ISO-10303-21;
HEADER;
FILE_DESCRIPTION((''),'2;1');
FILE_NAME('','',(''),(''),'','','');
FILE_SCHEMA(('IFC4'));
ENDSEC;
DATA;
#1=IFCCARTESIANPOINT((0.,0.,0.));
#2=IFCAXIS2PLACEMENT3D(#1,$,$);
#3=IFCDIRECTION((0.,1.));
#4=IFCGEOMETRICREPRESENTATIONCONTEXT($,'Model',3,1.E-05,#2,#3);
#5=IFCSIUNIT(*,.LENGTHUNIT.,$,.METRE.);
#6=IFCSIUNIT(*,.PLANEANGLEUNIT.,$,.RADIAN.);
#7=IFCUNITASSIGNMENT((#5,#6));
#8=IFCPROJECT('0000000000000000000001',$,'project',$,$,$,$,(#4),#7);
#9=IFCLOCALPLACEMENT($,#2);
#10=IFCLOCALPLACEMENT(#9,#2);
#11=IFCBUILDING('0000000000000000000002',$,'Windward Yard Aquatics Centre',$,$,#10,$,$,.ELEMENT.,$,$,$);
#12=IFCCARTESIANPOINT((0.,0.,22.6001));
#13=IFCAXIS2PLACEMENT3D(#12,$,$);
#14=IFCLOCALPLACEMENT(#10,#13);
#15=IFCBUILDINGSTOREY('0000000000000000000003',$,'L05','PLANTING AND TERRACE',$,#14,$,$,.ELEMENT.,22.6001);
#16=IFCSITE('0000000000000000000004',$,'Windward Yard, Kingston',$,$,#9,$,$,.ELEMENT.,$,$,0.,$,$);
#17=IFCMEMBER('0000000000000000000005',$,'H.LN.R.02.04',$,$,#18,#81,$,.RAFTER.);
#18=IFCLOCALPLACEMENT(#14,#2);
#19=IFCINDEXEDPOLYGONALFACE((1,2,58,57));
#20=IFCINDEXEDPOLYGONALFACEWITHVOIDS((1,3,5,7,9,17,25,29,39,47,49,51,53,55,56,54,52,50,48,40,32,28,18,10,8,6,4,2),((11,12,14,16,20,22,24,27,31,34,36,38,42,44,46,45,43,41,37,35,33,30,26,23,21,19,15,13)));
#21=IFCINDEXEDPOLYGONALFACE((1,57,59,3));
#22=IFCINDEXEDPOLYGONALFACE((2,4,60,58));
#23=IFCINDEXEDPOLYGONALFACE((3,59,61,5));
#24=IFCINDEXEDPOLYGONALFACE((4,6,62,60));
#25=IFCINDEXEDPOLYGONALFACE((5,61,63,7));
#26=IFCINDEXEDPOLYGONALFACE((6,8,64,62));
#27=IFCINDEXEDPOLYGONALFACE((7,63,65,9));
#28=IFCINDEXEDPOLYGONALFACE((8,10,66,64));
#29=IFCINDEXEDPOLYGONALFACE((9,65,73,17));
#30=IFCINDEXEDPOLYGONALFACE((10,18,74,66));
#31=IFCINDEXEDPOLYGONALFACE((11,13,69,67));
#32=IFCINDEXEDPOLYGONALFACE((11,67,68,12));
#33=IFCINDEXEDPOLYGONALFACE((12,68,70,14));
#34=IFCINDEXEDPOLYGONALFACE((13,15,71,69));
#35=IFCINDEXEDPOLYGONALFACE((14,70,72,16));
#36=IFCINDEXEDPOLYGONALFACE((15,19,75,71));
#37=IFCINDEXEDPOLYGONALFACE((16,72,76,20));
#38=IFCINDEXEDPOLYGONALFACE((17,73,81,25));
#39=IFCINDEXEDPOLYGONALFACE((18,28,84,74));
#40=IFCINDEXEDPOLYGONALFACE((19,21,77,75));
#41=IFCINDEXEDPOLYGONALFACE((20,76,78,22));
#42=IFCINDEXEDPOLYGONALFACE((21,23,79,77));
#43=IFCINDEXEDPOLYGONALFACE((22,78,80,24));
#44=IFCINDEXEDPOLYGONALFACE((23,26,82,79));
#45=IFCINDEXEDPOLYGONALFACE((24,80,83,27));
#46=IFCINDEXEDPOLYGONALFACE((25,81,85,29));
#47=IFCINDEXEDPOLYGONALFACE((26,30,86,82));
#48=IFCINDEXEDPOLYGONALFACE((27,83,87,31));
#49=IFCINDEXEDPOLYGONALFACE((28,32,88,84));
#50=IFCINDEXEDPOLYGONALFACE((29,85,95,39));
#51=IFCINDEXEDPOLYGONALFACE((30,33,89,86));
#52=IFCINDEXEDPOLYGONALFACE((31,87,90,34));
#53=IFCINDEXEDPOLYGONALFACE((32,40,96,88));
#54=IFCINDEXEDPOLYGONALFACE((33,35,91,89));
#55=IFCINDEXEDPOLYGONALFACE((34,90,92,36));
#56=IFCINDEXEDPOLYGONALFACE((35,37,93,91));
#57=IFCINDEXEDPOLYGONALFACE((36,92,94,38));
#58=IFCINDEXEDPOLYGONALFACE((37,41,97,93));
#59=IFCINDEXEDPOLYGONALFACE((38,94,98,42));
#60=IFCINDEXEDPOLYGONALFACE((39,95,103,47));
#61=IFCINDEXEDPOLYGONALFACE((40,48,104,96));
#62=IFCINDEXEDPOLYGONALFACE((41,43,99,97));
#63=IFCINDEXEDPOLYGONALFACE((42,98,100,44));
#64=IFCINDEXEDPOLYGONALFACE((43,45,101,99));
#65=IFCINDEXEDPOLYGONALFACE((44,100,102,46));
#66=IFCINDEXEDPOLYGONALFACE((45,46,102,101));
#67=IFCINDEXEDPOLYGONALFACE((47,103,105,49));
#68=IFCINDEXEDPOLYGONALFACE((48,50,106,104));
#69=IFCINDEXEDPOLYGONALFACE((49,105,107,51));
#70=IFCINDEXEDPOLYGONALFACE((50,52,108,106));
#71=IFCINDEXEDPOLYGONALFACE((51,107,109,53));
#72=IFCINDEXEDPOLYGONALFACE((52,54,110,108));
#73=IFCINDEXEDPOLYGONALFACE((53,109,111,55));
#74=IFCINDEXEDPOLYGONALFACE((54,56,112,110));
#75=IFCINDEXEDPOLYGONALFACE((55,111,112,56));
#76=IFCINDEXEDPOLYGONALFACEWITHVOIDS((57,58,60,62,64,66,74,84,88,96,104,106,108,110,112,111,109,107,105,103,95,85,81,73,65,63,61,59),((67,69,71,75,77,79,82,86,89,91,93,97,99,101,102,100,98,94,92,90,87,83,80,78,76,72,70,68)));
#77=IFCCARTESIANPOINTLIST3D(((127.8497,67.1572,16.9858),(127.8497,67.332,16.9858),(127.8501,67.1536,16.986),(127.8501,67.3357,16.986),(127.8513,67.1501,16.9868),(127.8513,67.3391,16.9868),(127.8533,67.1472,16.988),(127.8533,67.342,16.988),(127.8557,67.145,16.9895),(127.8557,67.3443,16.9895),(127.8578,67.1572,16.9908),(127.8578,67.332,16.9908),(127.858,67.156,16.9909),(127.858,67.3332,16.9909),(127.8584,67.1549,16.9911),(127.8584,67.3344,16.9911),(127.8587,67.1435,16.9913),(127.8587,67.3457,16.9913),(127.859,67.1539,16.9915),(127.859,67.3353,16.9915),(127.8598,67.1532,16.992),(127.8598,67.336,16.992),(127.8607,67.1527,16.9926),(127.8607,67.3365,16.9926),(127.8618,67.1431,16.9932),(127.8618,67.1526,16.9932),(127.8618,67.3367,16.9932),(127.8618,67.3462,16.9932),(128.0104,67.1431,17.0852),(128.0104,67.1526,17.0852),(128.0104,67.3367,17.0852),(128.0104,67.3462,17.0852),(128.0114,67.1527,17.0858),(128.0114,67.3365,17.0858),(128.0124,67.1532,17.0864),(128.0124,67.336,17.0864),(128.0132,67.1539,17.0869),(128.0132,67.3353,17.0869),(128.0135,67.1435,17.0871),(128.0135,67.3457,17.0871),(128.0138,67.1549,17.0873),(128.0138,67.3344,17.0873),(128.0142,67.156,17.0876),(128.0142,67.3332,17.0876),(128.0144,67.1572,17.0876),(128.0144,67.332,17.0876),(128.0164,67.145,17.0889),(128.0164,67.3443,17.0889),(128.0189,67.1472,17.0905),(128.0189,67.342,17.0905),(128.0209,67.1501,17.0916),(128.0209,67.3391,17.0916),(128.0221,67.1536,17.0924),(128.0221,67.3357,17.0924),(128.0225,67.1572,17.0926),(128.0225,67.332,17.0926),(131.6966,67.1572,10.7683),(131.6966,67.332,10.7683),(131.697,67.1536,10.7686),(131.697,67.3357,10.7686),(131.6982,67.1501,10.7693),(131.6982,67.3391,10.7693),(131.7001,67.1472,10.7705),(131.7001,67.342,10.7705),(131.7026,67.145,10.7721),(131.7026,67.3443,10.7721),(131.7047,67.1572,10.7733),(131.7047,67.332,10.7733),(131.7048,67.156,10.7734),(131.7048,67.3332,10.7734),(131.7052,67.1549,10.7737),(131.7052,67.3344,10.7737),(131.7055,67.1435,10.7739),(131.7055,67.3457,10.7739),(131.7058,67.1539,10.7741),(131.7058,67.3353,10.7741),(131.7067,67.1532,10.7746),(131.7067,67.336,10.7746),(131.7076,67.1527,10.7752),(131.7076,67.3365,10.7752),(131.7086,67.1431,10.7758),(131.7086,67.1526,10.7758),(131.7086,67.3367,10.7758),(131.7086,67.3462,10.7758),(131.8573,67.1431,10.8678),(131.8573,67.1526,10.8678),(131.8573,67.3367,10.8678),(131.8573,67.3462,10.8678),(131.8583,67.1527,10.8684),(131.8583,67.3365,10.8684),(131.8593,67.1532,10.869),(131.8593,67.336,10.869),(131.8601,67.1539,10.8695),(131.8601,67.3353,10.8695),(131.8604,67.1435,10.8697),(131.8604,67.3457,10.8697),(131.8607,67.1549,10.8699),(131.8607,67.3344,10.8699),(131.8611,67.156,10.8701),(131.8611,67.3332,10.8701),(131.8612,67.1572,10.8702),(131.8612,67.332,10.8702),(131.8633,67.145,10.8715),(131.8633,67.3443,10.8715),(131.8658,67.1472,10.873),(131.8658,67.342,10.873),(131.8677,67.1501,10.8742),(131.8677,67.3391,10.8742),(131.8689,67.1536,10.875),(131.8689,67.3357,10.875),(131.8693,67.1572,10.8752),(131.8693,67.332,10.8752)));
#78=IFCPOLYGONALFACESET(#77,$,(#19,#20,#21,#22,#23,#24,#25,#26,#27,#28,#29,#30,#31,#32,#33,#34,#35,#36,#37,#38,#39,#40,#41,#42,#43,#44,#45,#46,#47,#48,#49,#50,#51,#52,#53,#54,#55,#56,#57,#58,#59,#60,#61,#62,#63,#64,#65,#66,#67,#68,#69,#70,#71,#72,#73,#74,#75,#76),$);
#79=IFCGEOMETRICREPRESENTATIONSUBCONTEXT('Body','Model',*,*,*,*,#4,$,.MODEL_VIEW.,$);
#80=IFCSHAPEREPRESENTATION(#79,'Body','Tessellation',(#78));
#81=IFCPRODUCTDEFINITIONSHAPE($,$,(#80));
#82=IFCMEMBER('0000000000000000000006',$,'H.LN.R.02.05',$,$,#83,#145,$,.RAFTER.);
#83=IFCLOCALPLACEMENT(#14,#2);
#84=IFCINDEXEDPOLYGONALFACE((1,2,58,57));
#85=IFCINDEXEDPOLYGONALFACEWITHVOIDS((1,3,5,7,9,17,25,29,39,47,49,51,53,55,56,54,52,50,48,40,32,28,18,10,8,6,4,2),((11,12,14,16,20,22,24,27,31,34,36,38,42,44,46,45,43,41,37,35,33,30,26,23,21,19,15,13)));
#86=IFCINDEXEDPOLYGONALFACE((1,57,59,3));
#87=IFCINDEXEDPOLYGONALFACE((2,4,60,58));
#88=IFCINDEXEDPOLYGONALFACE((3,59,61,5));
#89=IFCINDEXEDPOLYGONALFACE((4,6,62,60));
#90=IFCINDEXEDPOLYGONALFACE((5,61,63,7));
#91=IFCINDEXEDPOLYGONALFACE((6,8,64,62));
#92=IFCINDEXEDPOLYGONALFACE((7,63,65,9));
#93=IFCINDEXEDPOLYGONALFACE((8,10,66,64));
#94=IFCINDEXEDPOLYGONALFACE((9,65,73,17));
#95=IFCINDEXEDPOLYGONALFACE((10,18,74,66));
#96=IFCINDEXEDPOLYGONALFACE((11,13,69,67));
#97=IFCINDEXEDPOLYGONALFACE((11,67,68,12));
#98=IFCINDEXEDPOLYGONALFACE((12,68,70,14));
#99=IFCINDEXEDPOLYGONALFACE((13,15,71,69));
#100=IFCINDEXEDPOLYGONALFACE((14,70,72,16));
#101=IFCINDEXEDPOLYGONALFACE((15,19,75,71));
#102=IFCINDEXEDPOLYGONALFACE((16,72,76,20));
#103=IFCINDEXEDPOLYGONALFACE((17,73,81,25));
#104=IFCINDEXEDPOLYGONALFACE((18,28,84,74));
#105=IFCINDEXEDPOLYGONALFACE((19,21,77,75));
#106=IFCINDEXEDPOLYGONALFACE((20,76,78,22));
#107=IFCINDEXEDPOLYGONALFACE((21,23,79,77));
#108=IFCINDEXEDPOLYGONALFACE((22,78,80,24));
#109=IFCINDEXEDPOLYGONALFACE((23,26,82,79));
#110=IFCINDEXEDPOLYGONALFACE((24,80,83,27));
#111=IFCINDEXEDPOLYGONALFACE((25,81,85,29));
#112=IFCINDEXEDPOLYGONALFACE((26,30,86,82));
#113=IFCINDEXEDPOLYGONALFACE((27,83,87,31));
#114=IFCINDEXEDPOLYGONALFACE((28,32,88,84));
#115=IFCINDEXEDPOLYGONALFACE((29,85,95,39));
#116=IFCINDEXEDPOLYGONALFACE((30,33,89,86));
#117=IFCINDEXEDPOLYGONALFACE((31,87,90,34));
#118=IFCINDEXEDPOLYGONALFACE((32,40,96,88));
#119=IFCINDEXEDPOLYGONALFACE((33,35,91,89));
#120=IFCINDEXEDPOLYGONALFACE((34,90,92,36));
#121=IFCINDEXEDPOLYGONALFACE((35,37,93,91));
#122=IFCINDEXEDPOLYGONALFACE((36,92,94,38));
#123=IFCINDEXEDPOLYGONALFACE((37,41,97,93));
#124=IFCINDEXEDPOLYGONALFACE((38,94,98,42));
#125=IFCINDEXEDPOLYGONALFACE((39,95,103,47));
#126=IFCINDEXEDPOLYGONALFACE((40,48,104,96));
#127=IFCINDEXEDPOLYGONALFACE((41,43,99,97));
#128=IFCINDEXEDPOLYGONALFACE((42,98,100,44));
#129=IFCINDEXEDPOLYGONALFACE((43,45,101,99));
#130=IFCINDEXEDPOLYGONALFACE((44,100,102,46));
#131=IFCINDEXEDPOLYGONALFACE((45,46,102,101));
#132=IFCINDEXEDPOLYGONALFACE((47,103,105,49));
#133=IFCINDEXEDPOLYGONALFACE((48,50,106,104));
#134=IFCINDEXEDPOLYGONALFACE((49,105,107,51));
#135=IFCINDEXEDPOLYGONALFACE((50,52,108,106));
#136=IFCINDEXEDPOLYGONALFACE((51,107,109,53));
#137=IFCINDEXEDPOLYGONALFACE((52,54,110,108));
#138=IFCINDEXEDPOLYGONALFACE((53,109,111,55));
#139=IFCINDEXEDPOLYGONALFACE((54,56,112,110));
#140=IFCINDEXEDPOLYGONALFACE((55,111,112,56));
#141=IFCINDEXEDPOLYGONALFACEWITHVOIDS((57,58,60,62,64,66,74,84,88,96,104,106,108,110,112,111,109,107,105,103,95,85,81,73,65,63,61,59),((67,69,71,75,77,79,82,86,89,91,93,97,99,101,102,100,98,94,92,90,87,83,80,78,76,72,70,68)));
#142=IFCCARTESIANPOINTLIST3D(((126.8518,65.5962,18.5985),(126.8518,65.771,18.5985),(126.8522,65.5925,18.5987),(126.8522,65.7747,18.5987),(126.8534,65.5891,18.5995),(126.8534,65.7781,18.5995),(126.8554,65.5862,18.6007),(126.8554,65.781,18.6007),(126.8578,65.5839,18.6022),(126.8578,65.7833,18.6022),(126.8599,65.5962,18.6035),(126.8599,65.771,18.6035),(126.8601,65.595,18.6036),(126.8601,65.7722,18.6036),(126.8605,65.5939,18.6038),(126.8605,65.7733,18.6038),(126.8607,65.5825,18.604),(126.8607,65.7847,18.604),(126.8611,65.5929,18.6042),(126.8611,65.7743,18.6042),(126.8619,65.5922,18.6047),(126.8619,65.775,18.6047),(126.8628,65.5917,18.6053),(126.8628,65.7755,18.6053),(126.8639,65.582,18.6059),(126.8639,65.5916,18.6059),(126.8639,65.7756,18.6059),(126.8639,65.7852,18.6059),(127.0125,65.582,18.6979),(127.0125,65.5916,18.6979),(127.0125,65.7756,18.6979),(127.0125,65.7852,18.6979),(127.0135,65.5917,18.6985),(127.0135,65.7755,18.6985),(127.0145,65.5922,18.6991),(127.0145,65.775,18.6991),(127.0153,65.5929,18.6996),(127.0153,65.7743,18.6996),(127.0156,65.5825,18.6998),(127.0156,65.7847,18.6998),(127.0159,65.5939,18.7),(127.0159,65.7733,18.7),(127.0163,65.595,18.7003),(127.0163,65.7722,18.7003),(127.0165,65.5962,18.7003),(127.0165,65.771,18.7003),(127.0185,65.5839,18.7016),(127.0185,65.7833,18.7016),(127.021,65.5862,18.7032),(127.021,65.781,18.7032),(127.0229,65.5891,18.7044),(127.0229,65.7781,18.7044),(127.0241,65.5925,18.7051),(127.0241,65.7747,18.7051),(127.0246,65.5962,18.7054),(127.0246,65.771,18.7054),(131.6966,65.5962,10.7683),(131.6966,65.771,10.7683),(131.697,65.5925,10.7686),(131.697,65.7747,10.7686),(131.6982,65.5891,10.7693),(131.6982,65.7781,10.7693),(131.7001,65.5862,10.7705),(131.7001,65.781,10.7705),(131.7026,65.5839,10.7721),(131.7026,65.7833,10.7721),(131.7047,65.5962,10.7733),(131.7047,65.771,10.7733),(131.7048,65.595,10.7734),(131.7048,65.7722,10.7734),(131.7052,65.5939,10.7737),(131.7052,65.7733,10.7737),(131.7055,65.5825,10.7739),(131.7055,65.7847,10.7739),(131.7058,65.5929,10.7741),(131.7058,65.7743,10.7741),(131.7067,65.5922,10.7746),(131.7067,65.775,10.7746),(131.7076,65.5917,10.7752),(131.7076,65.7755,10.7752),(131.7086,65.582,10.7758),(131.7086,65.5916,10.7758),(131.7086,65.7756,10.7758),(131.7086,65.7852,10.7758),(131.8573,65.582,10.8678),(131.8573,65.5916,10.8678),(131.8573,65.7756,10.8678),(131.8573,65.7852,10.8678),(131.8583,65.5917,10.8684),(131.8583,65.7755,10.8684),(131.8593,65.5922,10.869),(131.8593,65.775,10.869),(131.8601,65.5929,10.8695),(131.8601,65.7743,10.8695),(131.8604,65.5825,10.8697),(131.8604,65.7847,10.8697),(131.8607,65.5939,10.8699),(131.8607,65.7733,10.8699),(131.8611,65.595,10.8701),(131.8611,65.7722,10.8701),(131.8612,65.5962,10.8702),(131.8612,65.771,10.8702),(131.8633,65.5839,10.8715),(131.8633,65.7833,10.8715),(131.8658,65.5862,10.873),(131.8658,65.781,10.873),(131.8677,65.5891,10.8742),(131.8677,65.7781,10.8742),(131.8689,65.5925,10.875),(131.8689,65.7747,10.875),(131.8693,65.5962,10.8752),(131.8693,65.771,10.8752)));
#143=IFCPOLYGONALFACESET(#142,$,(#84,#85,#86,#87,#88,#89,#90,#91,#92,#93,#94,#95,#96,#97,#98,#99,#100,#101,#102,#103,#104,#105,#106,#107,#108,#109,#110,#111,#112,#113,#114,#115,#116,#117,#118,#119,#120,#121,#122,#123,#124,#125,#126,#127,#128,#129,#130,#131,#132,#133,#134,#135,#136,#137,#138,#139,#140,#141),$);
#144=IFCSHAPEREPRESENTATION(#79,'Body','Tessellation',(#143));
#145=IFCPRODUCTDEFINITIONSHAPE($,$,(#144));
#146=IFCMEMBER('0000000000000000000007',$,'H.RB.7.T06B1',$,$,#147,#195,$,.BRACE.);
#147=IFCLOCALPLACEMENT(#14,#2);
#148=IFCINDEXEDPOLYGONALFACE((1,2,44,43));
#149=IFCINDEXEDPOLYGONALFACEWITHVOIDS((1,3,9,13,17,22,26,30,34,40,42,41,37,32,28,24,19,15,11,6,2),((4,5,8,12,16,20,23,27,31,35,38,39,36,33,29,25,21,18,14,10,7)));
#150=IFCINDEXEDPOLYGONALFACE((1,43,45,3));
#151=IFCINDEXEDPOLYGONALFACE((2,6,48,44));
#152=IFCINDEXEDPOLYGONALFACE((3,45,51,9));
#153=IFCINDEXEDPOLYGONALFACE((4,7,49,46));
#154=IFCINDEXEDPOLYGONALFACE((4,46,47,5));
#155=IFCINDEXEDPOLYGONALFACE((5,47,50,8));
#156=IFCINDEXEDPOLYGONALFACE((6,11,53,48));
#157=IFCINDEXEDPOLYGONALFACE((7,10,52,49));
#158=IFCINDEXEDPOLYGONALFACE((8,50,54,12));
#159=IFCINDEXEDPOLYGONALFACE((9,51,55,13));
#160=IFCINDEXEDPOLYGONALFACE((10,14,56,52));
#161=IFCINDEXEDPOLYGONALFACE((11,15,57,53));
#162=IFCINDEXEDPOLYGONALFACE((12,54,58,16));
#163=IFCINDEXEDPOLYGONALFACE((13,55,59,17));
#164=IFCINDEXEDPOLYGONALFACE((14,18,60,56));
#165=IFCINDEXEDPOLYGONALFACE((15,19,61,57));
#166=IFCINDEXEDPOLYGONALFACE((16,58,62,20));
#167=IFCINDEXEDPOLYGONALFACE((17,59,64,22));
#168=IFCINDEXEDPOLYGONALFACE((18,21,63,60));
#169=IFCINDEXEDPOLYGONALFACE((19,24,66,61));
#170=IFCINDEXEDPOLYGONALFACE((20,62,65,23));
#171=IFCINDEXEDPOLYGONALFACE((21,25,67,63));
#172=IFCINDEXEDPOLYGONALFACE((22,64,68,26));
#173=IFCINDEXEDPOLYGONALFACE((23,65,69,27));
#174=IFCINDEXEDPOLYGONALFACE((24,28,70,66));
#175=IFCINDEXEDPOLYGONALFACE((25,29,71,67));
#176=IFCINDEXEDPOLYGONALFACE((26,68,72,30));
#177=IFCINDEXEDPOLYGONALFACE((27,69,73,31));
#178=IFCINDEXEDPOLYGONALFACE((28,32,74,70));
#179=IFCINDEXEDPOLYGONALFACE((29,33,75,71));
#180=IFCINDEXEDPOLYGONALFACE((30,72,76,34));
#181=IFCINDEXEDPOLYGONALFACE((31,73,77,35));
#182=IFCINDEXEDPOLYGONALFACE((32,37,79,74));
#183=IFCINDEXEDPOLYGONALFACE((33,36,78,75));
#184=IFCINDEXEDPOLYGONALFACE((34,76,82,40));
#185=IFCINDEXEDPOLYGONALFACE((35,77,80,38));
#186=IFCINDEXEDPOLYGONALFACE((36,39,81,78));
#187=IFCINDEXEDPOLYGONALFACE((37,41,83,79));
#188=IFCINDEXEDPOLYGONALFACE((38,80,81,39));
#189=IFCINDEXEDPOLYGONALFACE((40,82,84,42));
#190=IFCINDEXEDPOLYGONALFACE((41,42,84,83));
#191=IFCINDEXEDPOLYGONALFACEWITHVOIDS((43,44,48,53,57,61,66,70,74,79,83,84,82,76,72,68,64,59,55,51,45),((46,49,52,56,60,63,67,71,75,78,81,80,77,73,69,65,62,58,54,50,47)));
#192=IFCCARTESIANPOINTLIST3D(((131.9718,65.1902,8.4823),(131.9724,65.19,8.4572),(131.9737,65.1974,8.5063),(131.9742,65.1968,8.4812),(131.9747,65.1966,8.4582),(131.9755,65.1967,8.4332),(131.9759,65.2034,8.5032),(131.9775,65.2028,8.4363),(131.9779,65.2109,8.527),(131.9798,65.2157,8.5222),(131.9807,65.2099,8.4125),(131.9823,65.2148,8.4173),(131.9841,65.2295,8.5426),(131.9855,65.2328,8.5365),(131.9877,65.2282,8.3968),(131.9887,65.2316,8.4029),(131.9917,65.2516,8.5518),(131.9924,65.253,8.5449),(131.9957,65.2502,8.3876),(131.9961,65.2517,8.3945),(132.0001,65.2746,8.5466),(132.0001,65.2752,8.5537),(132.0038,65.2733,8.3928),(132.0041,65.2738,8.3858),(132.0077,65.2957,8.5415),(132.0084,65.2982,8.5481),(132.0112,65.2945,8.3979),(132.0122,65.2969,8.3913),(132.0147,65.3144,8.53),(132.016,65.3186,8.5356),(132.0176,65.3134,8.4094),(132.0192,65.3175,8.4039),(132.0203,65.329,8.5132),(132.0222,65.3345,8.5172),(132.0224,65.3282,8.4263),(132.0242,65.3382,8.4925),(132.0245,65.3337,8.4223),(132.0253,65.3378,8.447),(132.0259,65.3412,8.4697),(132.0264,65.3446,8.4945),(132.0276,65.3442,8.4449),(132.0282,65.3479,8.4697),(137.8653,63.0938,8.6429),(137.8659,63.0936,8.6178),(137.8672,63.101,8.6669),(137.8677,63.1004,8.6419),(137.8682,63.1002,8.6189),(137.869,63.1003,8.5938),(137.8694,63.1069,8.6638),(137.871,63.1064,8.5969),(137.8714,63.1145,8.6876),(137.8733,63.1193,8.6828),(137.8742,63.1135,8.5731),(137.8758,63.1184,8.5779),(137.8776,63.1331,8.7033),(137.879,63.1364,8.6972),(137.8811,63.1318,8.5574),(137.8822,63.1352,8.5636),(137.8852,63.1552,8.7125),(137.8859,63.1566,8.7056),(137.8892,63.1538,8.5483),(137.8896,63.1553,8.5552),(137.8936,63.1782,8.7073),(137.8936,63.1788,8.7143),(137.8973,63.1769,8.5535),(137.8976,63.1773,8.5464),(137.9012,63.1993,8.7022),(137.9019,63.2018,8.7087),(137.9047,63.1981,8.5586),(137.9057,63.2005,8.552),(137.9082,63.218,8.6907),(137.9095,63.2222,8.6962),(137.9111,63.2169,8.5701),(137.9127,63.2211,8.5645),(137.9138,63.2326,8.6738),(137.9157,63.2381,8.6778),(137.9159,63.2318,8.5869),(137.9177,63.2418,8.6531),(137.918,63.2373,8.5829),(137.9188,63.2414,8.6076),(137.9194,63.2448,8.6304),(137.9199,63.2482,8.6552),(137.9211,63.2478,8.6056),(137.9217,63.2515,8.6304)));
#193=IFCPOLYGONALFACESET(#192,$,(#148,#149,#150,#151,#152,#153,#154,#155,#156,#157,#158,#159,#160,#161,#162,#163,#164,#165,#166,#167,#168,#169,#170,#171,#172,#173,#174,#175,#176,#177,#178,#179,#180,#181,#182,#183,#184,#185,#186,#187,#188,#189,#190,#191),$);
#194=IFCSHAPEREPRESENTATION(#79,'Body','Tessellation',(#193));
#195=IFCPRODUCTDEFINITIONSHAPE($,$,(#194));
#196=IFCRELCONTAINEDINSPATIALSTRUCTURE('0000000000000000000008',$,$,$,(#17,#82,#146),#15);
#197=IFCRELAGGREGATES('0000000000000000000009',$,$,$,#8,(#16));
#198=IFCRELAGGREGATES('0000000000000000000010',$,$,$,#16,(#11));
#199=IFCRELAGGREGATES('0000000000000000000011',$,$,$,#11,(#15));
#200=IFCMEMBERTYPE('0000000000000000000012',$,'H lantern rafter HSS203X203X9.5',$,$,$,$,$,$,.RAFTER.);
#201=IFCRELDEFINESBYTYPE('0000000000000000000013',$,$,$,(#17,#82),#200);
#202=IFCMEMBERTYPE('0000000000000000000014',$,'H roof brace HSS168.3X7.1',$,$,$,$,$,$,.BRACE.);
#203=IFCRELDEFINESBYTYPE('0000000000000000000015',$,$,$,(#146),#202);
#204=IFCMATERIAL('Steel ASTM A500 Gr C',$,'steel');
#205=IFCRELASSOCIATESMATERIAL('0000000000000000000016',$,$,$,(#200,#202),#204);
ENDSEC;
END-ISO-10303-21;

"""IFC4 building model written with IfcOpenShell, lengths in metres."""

from ifc_helpers import new_model, si_unit, direction, frame, origin, origin_2d, place, context, subcontext, project, spatial, hollow_rectangle, hollow_circle, extrude, material, material_profile, profile_set, type_object, element, save


model = new_model("IFC4")

# Units and contexts
model_context = context("Model", 3, precision=1e-05, world=origin(), true_north=direction((0.0, 1.0)))
body_context = subcontext(model_context, "Body", "Model", "MODEL_VIEW")
ifc_project = project(units=[si_unit("LENGTHUNIT", "METRE"), si_unit("PLANEANGLEUNIT", "RADIAN")], contexts=[model_context])

# Site, building, storey
site_placement = place(None, origin())
site = spatial("IfcSite", under=ifc_project, at=site_placement, Name="Windward Yard, Kingston", CompositionType="ELEMENT", RefElevation=0.0)
building_placement = place(site_placement, origin())
building = spatial("IfcBuilding", under=site, at=building_placement, Name="Windward Yard Aquatics Centre", CompositionType="ELEMENT")
storey_placement = place(building_placement, frame((0.0, 0.0, 22.6001)))
storey = spatial("IfcBuildingStorey", under=building, at=storey_placement, Name="L05", Description="PLANTING AND TERRACE", CompositionType="ELEMENT", Elevation=22.6001)

# Members
ifc_material_1 = material(Name="Steel ASTM A500 Gr C", Category="steel")
ifc_material_profile_1 = material_profile(ifc_material_1, hollow_rectangle(XDim=0.2031, YDim=0.2031, WallThickness=0.0095, InnerFilletRadius=0.0046, OuterFilletRadius=0.0142, at=origin_2d()), Name="HSS203X203X9.5")
ifc_profile_set_1 = profile_set([ifc_material_profile_1], Name="Steel ASTM A500 Gr C")
member_type_1 = type_object("IfcMemberType", Name="H lantern rafter HSS203X203X9.5", PredefinedType="RAFTER", material=ifc_profile_set_1)
member_1_placement = place(storey_placement, frame((131.783, 67.2446, 10.8218), z_axis=(-0.526155, 0.0, 0.850389), x_axis=(0.0, -1.0, 0.0)))
element("IfcMember", 1, at=member_1_placement, inside=storey, type_object=member_type_1, Name="H.LN.R.02.04", PredefinedType="RAFTER", context=body_context, shape_type="SweptSolid", body=[
    extrude(hollow_rectangle(XDim=0.2031, YDim=0.2031, WallThickness=0.0095, InnerFilletRadius=0.0046, OuterFilletRadius=0.0142, at=origin_2d()), origin(), (0.0, 0.0, 1.0), 7.3113),
])
member_2_placement = place(storey_placement, frame((131.783, 65.6836, 10.8218), z_axis=(-0.526161, 0.0, 0.850385), x_axis=(0.0, -1.0, 0.0)))
element("IfcMember", 2, at=member_2_placement, inside=storey, type_object=member_type_1, Name="H.LN.R.02.05", PredefinedType="RAFTER", context=body_context, shape_type="SweptSolid", body=[
    extrude(hollow_rectangle(XDim=0.2031, YDim=0.2031, WallThickness=0.0095, InnerFilletRadius=0.0046, OuterFilletRadius=0.0142, at=origin_2d()), origin(), (0.0, 0.0, 1.0), 9.2078),
])
ifc_material_profile_2 = material_profile(ifc_material_1, hollow_circle(Radius=0.0842, WallThickness=0.0071, at=origin_2d()), Name="HSS168.3X7.1")
ifc_profile_set_2 = profile_set([ifc_material_profile_2], Name="Steel ASTM A500 Gr C")
member_type_2 = type_object("IfcMemberType", Name="H roof brace HSS168.3X7.1", PredefinedType="BRACE", material=ifc_profile_set_2)
member_3_placement = place(storey_placement, frame((132.0, 65.2686, 8.4697), z_axis=(0.941856, -0.335034, 0.025673), x_axis=(0.335144, 0.942167, 0.0)))
element("IfcMember", 3, at=member_3_placement, inside=storey, type_object=member_type_2, Name="H.RB.7.T06B1", PredefinedType="BRACE", context=body_context, shape_type="SweptSolid", body=[
    extrude(hollow_circle(Radius=0.0842, WallThickness=0.0071, at=origin_2d()), origin(), (0.0, 0.0, 1.0), 6.2573),
])

save(model, "model.ifc")
